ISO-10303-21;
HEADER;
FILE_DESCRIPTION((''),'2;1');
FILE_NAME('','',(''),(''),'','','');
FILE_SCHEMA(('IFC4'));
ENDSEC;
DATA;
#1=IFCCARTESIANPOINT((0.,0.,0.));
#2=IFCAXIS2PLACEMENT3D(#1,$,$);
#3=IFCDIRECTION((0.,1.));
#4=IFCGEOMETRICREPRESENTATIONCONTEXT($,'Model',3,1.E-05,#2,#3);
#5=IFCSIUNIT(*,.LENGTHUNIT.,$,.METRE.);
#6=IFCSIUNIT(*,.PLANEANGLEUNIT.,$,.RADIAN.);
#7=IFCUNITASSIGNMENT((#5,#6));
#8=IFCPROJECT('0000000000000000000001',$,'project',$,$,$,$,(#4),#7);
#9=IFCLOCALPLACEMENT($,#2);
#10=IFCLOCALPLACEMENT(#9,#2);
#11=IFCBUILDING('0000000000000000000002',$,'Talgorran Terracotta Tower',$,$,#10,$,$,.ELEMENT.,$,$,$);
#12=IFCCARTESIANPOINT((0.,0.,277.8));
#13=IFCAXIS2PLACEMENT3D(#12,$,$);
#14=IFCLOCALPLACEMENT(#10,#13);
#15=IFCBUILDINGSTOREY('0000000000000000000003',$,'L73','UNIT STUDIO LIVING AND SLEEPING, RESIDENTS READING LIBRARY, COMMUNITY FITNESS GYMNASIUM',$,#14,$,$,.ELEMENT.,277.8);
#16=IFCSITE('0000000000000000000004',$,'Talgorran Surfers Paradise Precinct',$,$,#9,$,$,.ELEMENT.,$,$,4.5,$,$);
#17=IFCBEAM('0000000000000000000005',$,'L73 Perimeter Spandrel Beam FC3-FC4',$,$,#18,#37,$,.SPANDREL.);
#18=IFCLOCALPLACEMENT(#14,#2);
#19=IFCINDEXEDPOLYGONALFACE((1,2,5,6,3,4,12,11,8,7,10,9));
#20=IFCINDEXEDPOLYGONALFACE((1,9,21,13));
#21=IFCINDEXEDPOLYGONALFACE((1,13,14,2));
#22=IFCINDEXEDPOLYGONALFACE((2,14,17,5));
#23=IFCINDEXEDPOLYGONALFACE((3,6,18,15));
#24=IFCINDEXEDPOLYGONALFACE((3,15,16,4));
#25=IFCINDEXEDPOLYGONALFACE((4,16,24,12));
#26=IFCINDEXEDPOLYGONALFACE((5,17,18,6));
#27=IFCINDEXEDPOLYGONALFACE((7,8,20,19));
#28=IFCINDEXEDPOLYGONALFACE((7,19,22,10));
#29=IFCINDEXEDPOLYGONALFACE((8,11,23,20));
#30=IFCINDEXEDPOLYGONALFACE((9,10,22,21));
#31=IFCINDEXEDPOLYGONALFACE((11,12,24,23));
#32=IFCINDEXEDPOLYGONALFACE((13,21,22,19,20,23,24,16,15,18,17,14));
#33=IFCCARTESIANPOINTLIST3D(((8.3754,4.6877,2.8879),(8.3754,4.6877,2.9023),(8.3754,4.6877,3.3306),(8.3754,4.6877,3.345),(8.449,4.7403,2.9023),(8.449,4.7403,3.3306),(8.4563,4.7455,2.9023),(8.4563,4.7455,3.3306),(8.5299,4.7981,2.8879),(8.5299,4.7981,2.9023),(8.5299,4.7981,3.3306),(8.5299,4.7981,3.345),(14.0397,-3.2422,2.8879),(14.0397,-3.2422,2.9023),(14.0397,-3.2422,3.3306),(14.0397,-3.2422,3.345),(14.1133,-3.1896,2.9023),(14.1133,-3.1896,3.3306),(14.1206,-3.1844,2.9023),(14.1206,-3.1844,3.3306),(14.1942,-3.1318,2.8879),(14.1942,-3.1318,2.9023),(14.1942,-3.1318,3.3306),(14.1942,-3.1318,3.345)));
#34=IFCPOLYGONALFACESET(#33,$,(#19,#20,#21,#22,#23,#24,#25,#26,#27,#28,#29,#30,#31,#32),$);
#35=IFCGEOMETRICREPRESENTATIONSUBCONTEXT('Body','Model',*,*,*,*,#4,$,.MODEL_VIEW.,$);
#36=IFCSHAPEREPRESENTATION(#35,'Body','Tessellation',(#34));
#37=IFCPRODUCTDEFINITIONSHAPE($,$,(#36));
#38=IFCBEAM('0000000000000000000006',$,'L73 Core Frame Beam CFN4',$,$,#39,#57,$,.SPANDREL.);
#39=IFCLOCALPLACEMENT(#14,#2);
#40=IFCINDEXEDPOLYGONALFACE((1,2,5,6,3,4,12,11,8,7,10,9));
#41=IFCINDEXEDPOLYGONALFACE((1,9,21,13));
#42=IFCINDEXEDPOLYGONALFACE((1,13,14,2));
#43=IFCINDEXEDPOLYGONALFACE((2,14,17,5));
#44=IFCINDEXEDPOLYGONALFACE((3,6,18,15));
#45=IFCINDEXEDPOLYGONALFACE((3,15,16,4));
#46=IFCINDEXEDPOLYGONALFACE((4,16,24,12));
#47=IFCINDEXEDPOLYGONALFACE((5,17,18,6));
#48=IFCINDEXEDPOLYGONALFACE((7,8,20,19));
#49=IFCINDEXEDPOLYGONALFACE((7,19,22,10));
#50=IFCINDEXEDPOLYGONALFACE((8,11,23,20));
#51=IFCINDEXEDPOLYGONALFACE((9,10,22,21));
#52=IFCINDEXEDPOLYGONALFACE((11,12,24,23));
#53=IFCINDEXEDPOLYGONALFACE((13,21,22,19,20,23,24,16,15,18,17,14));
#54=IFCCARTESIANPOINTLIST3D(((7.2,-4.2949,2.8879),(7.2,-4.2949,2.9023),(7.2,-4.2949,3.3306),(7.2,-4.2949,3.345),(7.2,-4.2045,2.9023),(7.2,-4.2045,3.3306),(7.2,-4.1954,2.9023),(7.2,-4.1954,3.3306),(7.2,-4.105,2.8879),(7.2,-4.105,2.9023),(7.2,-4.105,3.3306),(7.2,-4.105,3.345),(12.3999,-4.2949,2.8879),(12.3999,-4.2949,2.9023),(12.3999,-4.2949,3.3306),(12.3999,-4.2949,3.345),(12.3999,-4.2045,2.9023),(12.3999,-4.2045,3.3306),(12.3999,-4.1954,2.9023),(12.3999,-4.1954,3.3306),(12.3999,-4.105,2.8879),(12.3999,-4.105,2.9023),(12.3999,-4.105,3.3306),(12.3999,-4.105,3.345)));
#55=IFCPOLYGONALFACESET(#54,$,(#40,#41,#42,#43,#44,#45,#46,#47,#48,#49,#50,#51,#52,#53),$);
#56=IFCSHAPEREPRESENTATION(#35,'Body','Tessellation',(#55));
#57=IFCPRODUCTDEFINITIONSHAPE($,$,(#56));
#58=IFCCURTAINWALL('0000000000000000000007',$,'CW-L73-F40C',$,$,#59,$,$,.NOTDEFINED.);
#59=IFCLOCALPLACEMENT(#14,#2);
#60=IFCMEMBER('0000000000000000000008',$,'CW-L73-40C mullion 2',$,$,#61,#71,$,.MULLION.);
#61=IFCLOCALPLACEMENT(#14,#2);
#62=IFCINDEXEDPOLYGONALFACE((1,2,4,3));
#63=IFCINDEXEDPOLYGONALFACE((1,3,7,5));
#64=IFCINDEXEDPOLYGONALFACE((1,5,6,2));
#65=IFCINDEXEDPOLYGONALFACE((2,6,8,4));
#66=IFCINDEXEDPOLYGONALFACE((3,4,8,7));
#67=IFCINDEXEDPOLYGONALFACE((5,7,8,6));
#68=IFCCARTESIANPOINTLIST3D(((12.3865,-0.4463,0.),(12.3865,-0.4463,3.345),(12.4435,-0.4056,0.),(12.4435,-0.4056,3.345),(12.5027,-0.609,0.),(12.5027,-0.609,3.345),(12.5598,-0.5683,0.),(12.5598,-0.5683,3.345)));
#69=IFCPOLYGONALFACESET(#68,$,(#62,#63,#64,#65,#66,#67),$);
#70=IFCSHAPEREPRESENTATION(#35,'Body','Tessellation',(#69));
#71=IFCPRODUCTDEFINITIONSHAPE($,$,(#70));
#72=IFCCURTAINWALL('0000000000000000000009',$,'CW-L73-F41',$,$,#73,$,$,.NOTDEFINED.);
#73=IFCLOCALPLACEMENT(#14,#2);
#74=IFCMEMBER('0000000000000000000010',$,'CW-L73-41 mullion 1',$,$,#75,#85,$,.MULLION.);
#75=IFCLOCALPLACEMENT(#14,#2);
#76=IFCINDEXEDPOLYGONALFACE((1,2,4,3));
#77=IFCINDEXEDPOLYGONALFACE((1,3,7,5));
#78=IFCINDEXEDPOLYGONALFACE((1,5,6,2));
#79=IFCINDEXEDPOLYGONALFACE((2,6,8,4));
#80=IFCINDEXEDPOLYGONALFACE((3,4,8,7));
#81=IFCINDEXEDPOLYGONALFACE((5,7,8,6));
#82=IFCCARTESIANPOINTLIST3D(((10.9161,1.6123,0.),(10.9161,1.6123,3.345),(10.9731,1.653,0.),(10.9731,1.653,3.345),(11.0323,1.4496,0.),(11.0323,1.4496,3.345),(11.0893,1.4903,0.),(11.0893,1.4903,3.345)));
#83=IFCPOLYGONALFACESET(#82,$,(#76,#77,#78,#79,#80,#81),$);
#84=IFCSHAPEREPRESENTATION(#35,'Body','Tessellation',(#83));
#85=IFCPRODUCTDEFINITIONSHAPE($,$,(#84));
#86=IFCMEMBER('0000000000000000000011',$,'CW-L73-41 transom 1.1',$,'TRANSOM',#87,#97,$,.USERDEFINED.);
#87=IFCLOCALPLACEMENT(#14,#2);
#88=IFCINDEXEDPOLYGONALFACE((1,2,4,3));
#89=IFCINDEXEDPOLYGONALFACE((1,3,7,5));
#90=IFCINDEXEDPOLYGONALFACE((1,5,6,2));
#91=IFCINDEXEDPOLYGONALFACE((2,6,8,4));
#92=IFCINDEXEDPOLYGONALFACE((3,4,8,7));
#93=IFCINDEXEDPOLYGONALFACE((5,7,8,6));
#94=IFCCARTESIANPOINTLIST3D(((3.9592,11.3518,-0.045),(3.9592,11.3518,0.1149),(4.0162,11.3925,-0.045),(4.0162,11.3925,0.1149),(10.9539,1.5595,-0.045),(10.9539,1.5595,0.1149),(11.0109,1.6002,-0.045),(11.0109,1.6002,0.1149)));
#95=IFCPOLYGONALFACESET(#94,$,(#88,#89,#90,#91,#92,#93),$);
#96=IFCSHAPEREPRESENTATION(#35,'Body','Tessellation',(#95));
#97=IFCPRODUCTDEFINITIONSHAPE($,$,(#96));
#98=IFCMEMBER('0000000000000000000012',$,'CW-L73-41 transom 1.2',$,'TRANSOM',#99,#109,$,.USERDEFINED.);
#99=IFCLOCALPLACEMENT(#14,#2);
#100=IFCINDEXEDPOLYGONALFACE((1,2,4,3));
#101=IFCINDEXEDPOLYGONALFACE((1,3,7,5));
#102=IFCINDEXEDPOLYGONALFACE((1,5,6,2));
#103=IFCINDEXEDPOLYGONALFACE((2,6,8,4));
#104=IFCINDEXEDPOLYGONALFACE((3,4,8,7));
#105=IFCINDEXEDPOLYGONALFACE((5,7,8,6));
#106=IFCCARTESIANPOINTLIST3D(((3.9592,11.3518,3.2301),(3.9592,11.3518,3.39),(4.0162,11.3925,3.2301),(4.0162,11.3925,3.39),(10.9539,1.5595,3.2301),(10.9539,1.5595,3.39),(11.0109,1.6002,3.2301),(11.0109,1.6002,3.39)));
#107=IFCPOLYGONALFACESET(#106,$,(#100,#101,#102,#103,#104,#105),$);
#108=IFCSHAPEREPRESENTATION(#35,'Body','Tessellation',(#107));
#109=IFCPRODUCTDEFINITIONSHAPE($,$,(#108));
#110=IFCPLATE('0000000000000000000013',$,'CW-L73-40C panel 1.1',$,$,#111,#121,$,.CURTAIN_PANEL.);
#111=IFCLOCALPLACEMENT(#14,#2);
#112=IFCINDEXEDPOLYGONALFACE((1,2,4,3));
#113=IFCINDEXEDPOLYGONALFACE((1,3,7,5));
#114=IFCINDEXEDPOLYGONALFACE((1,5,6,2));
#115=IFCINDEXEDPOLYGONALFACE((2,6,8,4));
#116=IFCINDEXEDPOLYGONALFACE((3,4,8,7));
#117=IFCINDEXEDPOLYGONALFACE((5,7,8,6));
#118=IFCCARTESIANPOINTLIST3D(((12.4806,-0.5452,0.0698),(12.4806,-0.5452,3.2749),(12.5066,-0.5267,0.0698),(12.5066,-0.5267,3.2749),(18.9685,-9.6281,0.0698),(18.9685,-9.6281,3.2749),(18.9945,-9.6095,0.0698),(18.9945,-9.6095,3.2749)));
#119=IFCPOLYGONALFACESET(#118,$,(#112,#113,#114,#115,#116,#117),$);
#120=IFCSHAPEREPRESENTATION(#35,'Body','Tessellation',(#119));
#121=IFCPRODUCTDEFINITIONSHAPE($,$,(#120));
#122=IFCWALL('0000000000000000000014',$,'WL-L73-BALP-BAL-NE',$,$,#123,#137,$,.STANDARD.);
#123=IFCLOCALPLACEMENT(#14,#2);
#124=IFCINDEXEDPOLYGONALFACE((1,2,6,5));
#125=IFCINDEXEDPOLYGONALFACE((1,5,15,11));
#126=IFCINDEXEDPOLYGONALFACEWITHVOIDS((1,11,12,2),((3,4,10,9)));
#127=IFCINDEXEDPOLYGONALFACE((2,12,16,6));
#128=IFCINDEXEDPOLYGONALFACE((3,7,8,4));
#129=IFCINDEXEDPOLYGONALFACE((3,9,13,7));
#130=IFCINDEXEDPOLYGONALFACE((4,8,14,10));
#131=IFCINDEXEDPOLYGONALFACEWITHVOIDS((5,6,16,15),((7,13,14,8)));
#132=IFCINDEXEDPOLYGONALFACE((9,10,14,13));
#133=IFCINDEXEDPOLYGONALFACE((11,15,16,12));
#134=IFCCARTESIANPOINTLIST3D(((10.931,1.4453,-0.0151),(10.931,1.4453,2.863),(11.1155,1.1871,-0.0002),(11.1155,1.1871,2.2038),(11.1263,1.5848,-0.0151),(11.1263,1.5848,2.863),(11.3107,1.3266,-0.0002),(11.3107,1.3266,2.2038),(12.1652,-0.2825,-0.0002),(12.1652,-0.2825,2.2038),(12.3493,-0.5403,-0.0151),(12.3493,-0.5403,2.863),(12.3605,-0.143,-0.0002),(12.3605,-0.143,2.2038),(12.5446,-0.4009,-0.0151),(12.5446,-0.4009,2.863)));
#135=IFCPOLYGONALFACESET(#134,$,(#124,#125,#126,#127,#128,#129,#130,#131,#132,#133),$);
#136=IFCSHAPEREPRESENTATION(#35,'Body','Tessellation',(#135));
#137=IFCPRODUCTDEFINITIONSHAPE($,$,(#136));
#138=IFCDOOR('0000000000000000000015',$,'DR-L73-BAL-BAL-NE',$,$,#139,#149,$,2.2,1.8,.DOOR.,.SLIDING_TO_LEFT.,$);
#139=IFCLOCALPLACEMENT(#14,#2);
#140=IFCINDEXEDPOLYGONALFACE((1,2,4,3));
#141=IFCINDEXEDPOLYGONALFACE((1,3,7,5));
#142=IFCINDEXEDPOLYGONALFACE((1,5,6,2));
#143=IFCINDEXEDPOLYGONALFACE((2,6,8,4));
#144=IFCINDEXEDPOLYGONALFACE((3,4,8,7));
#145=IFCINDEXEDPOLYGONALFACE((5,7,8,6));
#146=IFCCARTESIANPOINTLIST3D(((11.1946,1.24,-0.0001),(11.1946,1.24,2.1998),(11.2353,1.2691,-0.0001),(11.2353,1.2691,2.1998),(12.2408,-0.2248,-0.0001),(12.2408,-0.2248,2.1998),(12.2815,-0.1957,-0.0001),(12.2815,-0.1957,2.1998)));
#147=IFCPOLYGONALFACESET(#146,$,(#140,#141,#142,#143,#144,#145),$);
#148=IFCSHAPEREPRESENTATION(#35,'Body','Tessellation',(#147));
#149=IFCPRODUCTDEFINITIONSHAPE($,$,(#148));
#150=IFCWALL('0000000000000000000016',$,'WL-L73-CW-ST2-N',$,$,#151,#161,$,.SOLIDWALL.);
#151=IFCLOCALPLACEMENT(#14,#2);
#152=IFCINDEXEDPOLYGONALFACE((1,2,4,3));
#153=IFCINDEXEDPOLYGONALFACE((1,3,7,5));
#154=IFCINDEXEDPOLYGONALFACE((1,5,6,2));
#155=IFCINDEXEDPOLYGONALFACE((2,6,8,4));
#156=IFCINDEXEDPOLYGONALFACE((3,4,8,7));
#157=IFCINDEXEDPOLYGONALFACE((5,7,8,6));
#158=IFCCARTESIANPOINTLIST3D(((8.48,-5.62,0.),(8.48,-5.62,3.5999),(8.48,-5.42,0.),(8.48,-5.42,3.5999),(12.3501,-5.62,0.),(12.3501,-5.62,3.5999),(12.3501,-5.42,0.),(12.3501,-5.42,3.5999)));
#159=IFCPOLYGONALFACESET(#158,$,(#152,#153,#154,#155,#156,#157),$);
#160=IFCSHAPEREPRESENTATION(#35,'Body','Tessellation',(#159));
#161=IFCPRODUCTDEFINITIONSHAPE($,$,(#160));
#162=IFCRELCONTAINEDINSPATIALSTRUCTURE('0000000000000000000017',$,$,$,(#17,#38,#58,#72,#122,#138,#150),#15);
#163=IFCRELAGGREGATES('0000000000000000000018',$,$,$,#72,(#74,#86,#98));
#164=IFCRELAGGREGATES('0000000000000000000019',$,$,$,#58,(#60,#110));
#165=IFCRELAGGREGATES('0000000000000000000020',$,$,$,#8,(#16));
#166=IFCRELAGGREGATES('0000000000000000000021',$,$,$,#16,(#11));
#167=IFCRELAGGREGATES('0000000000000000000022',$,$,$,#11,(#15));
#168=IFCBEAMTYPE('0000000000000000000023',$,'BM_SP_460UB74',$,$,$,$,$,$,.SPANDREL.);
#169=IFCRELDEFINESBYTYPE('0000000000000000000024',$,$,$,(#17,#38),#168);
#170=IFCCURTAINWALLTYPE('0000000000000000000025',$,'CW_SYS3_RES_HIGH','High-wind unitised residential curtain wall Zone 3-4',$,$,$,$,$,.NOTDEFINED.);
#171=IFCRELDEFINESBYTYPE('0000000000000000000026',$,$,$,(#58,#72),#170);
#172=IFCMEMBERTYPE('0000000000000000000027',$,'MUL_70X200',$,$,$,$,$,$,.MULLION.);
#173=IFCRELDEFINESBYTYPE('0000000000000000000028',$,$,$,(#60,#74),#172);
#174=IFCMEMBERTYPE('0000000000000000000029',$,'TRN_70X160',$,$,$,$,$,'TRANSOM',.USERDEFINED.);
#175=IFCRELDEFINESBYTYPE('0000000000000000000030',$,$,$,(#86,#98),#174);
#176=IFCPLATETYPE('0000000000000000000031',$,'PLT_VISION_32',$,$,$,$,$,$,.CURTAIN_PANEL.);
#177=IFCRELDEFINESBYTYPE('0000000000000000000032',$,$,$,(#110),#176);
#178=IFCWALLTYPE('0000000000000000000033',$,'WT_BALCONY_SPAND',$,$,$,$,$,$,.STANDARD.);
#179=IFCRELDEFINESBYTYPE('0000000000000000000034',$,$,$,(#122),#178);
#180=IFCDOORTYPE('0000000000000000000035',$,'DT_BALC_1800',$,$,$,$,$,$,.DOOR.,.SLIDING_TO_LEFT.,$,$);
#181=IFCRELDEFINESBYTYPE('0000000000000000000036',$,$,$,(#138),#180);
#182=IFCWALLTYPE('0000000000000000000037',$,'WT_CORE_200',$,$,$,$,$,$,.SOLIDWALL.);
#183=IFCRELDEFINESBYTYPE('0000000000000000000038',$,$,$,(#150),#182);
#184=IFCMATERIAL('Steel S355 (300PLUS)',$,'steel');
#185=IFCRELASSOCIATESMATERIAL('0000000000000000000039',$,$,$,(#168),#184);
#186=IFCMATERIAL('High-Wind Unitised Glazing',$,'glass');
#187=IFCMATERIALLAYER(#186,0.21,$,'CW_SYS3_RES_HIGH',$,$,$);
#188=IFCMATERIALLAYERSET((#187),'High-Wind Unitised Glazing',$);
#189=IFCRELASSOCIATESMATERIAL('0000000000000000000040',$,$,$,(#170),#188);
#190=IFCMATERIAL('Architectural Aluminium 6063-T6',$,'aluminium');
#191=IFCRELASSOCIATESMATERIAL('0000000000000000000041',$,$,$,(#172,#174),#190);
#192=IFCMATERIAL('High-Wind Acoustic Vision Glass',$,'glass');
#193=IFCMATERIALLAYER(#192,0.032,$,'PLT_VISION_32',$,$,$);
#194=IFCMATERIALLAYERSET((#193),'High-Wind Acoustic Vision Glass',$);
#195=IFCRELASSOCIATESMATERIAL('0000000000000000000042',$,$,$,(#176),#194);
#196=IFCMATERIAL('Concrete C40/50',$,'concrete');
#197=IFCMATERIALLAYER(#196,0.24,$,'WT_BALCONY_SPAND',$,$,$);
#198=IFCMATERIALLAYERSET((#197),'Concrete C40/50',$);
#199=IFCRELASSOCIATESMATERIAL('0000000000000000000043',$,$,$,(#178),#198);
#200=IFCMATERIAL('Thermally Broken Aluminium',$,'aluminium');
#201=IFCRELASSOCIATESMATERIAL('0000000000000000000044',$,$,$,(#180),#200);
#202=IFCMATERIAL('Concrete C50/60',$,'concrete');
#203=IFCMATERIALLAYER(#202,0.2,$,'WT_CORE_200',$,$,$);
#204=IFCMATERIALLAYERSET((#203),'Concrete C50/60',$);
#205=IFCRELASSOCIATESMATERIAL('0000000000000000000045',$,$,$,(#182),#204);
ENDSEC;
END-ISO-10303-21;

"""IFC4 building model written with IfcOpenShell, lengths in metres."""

from ifc_helpers import new_model, si_unit, direction, frame, frame_2d, origin, origin_2d, place, context, subcontext, project, spatial, rectangle, i_section, extrude, source, transform, mapped, material, layer, layer_set, material_profile, profile_set, type_object, type_shapes, element, fill, aggregate, save


model = new_model("IFC4")

# Units and contexts
model_context = context("Model", 3, precision=1e-05, world=origin(), true_north=direction((0.0, 1.0)))
body_context = subcontext(model_context, "Body", "Model", "MODEL_VIEW")
ifc_project = project(units=[si_unit("LENGTHUNIT", "METRE"), si_unit("PLANEANGLEUNIT", "RADIAN")], contexts=[model_context])

# Site, building, storey
site_placement = place(None, origin())
site = spatial("IfcSite", under=ifc_project, at=site_placement, Name="Talgorran Surfers Paradise Precinct", CompositionType="ELEMENT", RefElevation=4.5)
building_placement = place(site_placement, origin())
building = spatial("IfcBuilding", under=site, at=building_placement, Name="Talgorran Terracotta Tower", CompositionType="ELEMENT")
storey_placement = place(building_placement, frame((0.0, 0.0, 277.8)))
storey = spatial("IfcBuildingStorey", under=building, at=storey_placement, Name="L73", Description="UNIT STUDIO LIVING AND SLEEPING, RESIDENTS READING LIBRARY, COMMUNITY FITNESS GYMNASIUM", CompositionType="ELEMENT", Elevation=277.8)

# Shared definitions
ifc_material_1 = material(Name="Steel S355 (300PLUS)", Category="steel")

# Beams
ifc_material_profile_1 = material_profile(ifc_material_1, i_section(OverallWidth=0.1899, OverallDepth=0.457, WebThickness=0.009, FlangeThickness=0.0144, at=origin_2d()), Name="460UB74.6")
ifc_profile_set_1 = profile_set([ifc_material_profile_1], Name="Steel S355 (300PLUS)")
beam_type_1 = type_object("IfcBeamType", Name="BM_SP_460UB74", PredefinedType="SPANDREL", material=ifc_profile_set_1)
beam_1_placement = place(storey_placement, frame((14.1169, -3.187, 3.1165), z_axis=(-0.581243, 0.81373, 0.0), x_axis=(-0.81373, -0.581243, 0.0)))
element("IfcBeam", 1, at=beam_1_placement, inside=storey, type_object=beam_type_1, Name="L73 Perimeter Spandrel Beam FC3-FC4", PredefinedType="SPANDREL", context=body_context, shape_type="SweptSolid", body=[
    extrude(i_section(OverallWidth=0.1899, OverallDepth=0.457, WebThickness=0.009, FlangeThickness=0.0144, at=origin_2d()), origin(), (0.0, 0.0, 1.0), 9.7451),
])
beam_2_placement = place(storey_placement, frame((7.2, -4.2, 3.1165), z_axis=(1.0, 0.0, 0.0), x_axis=(0.0, 1.0, 0.0)))
element("IfcBeam", 2, at=beam_2_placement, inside=storey, type_object=beam_type_1, Name="L73 Core Frame Beam CFN4", PredefinedType="SPANDREL", context=body_context, shape_type="SweptSolid", body=[
    extrude(i_section(OverallWidth=0.1899, OverallDepth=0.457, WebThickness=0.009, FlangeThickness=0.0144, at=origin_2d()), origin(), (0.0, 0.0, 1.0), 5.2),
])

# Curtain wall, member
ifc_material_2 = material(Name="High-Wind Unitised Glazing", Category="glass")
ifc_layer_1 = layer(ifc_material_2, 0.21, Name="CW_SYS3_RES_HIGH")
ifc_layer_set_1 = layer_set([ifc_layer_1], Name="High-Wind Unitised Glazing")
curtain_wall_type = type_object("IfcCurtainWallType", Name="CW_SYS3_RES_HIGH", Description="High-wind unitised residential curtain wall Zone 3-4", PredefinedType="NOTDEFINED", material=ifc_layer_set_1)
curtain_wall_1_placement = place(storey_placement, origin())
curtain_wall_1 = element("IfcCurtainWall", 3, at=curtain_wall_1_placement, inside=storey, type_object=curtain_wall_type, Name="CW-L73-F40C", PredefinedType="NOTDEFINED")
ifc_material_3 = material(Name="Architectural Aluminium 6063-T6", Category="aluminium")
ifc_material_profile_2 = material_profile(ifc_material_3, rectangle(XDim=0.0701, YDim=0.2, at=origin_2d()), Name="CWM70X200")
ifc_profile_set_2 = profile_set([ifc_material_profile_2], Name="Architectural Aluminium 6063-T6")
member_type_1 = type_object("IfcMemberType", Name="MUL_70X200", PredefinedType="MULLION", material=ifc_profile_set_2)
member_1_placement = place(storey_placement, frame((12.4731, -0.5073, 0.0), z_axis=(0.0, 0.0, 1.0), x_axis=(-0.813726, -0.581249, 0.0)))
member_1 = element("IfcMember", 4, at=member_1_placement, type_object=member_type_1, Name="CW-L73-40C mullion 2", PredefinedType="MULLION", context=body_context, shape_type="SweptSolid", body=[
    extrude(rectangle(XDim=0.0701, YDim=0.2, at=origin_2d()), origin(), (0.0, 0.0, 1.0), 3.345),
])

# Curtain wall, members
curtain_wall_2_placement = place(storey_placement, origin())
curtain_wall_2 = element("IfcCurtainWall", 5, at=curtain_wall_2_placement, inside=storey, type_object=curtain_wall_type, Name="CW-L73-F41", PredefinedType="NOTDEFINED")
member_2_placement = place(storey_placement, frame((11.0027, 1.5513, 0.0), z_axis=(0.0, 0.0, 1.0), x_axis=(-0.813729, -0.581244, 0.0)))
member_2 = element("IfcMember", 6, at=member_2_placement, type_object=member_type_1, Name="CW-L73-41 mullion 1", PredefinedType="MULLION", context=body_context, shape_type="SweptSolid", body=[
    extrude(rectangle(XDim=0.0701, YDim=0.2, at=origin_2d()), origin(), (0.0, 0.0, 1.0), 3.345),
])
ifc_material_profile_3 = material_profile(ifc_material_3, rectangle(XDim=0.0701, YDim=0.1599, at=origin_2d()), Name="CWT70X160")
ifc_profile_set_3 = profile_set([ifc_material_profile_3], Name="Architectural Aluminium 6063-T6")
member_type_2 = type_object("IfcMemberType", Name="TRN_70X160", ElementType="TRANSOM", PredefinedType="USERDEFINED", material=ifc_profile_set_3)
member_3_placement = place(storey_placement, frame((10.9824, 1.5798, 0.0349), z_axis=(-0.581248, 0.813727, 0.0), x_axis=(-0.813727, -0.581248, 0.0)))
member_3 = element("IfcMember", 7, at=member_3_placement, type_object=member_type_2, Name="CW-L73-41 transom 1.1", ObjectType="TRANSOM", PredefinedType="USERDEFINED", context=body_context, shape_type="SweptSolid", body=[
    extrude(rectangle(XDim=0.0701, YDim=0.1599, at=origin_2d()), origin(), (0.0, 0.0, 1.0), 12.0339),
])
member_4_placement = place(storey_placement, frame((10.9824, 1.5798, 3.3101), z_axis=(-0.581248, 0.813727, 0.0), x_axis=(-0.813727, -0.581248, 0.0)))
member_4 = element("IfcMember", 8, at=member_4_placement, type_object=member_type_2, Name="CW-L73-41 transom 1.2", ObjectType="TRANSOM", PredefinedType="USERDEFINED", context=body_context, shape_type="SweptSolid", body=[
    extrude(rectangle(XDim=0.0701, YDim=0.1599, at=origin_2d()), origin(), (0.0, 0.0, 1.0), 12.0339),
])
aggregate(curtain_wall_2, [member_2, member_3, member_4])

# Plate
ifc_material_4 = material(Name="High-Wind Acoustic Vision Glass", Category="glass")
ifc_layer_2 = layer(ifc_material_4, 0.032, Name="PLT_VISION_32")
ifc_layer_set_2 = layer_set([ifc_layer_2], Name="High-Wind Acoustic Vision Glass")
plate_type = type_object("IfcPlateType", Name="PLT_VISION_32", PredefinedType="CURTAIN_PANEL", material=ifc_layer_set_2)
shared_shape = source(origin(), body_context, "Body", "SweptSolid", [
    extrude(rectangle(XDim=11.1621, YDim=0.032, at=origin_2d()), origin(), (0.0, 0.0, 1.0), 3.2051),
])
type_shapes(plate_type, [shared_shape])
plate_placement = place(storey_placement, frame((15.7375, -5.0774, 0.0698), z_axis=(0.0, 0.0, 1.0), x_axis=(-0.581249, 0.813726, 0.0)))
plate = element("IfcPlate", 9, at=plate_placement, type_object=plate_type, Name="CW-L73-40C panel 1.1", PredefinedType="CURTAIN_PANEL", context=body_context, shape_type="MappedRepresentation", body=[
    mapped(shared_shape, transform((0.0, 0.0, 0.0), scale=1.0)),
])
aggregate(curtain_wall_1, [member_1, plate])

# Wall, opening, door
ifc_material_5 = material(Name="Concrete C40/50", Category="concrete")
ifc_layer_3 = layer(ifc_material_5, 0.24, Name="WT_BALCONY_SPAND")
ifc_layer_set_3 = layer_set([ifc_layer_3], Name="Concrete C40/50")
wall_type_1 = type_object("IfcWallType", Name="WT_BALCONY_SPAND", PredefinedType="STANDARD", material=ifc_layer_set_3)
wall_1_placement = place(storey_placement, frame((12.447, -0.4707, -0.0151), z_axis=(0.0, 0.0, 1.0), x_axis=(-0.581219, 0.813747, 0.0)))
wall_1 = element("IfcWall", 10, at=wall_1_placement, inside=storey, type_object=wall_type_1, Name="WL-L73-BALP-BAL-NE", PredefinedType="STANDARD", context=body_context, shape_type="SweptSolid", body=[
    extrude(rectangle(XDim=2.4402, YDim=0.24, at=frame_2d((1.2202, 0.0))), origin(), (0.0, 0.0, 1.0), 2.8782),
])
opening_1_placement = place(wall_1_placement, frame((0.3201, 0.0, 0.0149)))
opening_1 = element("IfcOpeningElement", 11, at=opening_1_placement, cuts=wall_1, PredefinedType="OPENING", context=body_context, shape_type="SweptSolid", body=[
    extrude(rectangle(XDim=1.806, YDim=2.204, at=frame_2d((0.8999, 1.1021))), frame((0.0, 0.1299, 0.0), z_axis=(0.0, -1.0, 0.0), x_axis=(1.0, 0.0, 0.0)), (0.0, 0.0, 1.0), 0.26),
])
ifc_material_6 = material(Name="Thermally Broken Aluminium", Category="aluminium")
door_type_1 = type_object("IfcDoorType", Name="DT_BALC_1800", OperationType="SLIDING_TO_LEFT", PredefinedType="DOOR", material=ifc_material_6)
door_1_placement = place(opening_1_placement, origin())
door_1 = element("IfcDoor", 12, at=door_1_placement, inside=storey, type_object=door_type_1, Name="DR-L73-BAL-BAL-NE", OperationType="SLIDING_TO_LEFT", OverallHeight=2.2, OverallWidth=1.8, PredefinedType="DOOR", context=body_context, shape_type="SweptSolid", body=[
    extrude(rectangle(XDim=1.8, YDim=2.2, at=frame_2d((0.8999, 1.1001))), frame((0.0, 0.0249, 0.0), z_axis=(0.0, -1.0, 0.0), x_axis=(1.0, 0.0, 0.0)), (0.0, 0.0, 1.0), 0.05),
])
fill(opening_1, door_1)

# Wall
ifc_material_7 = material(Name="Concrete C50/60", Category="concrete")
ifc_layer_4 = layer(ifc_material_7, 0.2, Name="WT_CORE_200")
ifc_layer_set_4 = layer_set([ifc_layer_4], Name="Concrete C50/60")
wall_type_2 = type_object("IfcWallType", Name="WT_CORE_200", PredefinedType="SOLIDWALL", material=ifc_layer_set_4)
wall_2_placement = place(storey_placement, frame((8.48, -5.52, 0.0), z_axis=(0.0, 0.0, 1.0), x_axis=(1.0, 0.0, 0.0)))
element("IfcWall", 13, at=wall_2_placement, inside=storey, type_object=wall_type_2, Name="WL-L73-CW-ST2-N", PredefinedType="SOLIDWALL", context=body_context, shape_type="SweptSolid", body=[
    extrude(rectangle(XDim=3.8701, YDim=0.2, at=frame_2d((1.9351, 0.0))), origin(), (0.0, 0.0, 1.0), 3.5999),
])

save(model, "model.ifc")
